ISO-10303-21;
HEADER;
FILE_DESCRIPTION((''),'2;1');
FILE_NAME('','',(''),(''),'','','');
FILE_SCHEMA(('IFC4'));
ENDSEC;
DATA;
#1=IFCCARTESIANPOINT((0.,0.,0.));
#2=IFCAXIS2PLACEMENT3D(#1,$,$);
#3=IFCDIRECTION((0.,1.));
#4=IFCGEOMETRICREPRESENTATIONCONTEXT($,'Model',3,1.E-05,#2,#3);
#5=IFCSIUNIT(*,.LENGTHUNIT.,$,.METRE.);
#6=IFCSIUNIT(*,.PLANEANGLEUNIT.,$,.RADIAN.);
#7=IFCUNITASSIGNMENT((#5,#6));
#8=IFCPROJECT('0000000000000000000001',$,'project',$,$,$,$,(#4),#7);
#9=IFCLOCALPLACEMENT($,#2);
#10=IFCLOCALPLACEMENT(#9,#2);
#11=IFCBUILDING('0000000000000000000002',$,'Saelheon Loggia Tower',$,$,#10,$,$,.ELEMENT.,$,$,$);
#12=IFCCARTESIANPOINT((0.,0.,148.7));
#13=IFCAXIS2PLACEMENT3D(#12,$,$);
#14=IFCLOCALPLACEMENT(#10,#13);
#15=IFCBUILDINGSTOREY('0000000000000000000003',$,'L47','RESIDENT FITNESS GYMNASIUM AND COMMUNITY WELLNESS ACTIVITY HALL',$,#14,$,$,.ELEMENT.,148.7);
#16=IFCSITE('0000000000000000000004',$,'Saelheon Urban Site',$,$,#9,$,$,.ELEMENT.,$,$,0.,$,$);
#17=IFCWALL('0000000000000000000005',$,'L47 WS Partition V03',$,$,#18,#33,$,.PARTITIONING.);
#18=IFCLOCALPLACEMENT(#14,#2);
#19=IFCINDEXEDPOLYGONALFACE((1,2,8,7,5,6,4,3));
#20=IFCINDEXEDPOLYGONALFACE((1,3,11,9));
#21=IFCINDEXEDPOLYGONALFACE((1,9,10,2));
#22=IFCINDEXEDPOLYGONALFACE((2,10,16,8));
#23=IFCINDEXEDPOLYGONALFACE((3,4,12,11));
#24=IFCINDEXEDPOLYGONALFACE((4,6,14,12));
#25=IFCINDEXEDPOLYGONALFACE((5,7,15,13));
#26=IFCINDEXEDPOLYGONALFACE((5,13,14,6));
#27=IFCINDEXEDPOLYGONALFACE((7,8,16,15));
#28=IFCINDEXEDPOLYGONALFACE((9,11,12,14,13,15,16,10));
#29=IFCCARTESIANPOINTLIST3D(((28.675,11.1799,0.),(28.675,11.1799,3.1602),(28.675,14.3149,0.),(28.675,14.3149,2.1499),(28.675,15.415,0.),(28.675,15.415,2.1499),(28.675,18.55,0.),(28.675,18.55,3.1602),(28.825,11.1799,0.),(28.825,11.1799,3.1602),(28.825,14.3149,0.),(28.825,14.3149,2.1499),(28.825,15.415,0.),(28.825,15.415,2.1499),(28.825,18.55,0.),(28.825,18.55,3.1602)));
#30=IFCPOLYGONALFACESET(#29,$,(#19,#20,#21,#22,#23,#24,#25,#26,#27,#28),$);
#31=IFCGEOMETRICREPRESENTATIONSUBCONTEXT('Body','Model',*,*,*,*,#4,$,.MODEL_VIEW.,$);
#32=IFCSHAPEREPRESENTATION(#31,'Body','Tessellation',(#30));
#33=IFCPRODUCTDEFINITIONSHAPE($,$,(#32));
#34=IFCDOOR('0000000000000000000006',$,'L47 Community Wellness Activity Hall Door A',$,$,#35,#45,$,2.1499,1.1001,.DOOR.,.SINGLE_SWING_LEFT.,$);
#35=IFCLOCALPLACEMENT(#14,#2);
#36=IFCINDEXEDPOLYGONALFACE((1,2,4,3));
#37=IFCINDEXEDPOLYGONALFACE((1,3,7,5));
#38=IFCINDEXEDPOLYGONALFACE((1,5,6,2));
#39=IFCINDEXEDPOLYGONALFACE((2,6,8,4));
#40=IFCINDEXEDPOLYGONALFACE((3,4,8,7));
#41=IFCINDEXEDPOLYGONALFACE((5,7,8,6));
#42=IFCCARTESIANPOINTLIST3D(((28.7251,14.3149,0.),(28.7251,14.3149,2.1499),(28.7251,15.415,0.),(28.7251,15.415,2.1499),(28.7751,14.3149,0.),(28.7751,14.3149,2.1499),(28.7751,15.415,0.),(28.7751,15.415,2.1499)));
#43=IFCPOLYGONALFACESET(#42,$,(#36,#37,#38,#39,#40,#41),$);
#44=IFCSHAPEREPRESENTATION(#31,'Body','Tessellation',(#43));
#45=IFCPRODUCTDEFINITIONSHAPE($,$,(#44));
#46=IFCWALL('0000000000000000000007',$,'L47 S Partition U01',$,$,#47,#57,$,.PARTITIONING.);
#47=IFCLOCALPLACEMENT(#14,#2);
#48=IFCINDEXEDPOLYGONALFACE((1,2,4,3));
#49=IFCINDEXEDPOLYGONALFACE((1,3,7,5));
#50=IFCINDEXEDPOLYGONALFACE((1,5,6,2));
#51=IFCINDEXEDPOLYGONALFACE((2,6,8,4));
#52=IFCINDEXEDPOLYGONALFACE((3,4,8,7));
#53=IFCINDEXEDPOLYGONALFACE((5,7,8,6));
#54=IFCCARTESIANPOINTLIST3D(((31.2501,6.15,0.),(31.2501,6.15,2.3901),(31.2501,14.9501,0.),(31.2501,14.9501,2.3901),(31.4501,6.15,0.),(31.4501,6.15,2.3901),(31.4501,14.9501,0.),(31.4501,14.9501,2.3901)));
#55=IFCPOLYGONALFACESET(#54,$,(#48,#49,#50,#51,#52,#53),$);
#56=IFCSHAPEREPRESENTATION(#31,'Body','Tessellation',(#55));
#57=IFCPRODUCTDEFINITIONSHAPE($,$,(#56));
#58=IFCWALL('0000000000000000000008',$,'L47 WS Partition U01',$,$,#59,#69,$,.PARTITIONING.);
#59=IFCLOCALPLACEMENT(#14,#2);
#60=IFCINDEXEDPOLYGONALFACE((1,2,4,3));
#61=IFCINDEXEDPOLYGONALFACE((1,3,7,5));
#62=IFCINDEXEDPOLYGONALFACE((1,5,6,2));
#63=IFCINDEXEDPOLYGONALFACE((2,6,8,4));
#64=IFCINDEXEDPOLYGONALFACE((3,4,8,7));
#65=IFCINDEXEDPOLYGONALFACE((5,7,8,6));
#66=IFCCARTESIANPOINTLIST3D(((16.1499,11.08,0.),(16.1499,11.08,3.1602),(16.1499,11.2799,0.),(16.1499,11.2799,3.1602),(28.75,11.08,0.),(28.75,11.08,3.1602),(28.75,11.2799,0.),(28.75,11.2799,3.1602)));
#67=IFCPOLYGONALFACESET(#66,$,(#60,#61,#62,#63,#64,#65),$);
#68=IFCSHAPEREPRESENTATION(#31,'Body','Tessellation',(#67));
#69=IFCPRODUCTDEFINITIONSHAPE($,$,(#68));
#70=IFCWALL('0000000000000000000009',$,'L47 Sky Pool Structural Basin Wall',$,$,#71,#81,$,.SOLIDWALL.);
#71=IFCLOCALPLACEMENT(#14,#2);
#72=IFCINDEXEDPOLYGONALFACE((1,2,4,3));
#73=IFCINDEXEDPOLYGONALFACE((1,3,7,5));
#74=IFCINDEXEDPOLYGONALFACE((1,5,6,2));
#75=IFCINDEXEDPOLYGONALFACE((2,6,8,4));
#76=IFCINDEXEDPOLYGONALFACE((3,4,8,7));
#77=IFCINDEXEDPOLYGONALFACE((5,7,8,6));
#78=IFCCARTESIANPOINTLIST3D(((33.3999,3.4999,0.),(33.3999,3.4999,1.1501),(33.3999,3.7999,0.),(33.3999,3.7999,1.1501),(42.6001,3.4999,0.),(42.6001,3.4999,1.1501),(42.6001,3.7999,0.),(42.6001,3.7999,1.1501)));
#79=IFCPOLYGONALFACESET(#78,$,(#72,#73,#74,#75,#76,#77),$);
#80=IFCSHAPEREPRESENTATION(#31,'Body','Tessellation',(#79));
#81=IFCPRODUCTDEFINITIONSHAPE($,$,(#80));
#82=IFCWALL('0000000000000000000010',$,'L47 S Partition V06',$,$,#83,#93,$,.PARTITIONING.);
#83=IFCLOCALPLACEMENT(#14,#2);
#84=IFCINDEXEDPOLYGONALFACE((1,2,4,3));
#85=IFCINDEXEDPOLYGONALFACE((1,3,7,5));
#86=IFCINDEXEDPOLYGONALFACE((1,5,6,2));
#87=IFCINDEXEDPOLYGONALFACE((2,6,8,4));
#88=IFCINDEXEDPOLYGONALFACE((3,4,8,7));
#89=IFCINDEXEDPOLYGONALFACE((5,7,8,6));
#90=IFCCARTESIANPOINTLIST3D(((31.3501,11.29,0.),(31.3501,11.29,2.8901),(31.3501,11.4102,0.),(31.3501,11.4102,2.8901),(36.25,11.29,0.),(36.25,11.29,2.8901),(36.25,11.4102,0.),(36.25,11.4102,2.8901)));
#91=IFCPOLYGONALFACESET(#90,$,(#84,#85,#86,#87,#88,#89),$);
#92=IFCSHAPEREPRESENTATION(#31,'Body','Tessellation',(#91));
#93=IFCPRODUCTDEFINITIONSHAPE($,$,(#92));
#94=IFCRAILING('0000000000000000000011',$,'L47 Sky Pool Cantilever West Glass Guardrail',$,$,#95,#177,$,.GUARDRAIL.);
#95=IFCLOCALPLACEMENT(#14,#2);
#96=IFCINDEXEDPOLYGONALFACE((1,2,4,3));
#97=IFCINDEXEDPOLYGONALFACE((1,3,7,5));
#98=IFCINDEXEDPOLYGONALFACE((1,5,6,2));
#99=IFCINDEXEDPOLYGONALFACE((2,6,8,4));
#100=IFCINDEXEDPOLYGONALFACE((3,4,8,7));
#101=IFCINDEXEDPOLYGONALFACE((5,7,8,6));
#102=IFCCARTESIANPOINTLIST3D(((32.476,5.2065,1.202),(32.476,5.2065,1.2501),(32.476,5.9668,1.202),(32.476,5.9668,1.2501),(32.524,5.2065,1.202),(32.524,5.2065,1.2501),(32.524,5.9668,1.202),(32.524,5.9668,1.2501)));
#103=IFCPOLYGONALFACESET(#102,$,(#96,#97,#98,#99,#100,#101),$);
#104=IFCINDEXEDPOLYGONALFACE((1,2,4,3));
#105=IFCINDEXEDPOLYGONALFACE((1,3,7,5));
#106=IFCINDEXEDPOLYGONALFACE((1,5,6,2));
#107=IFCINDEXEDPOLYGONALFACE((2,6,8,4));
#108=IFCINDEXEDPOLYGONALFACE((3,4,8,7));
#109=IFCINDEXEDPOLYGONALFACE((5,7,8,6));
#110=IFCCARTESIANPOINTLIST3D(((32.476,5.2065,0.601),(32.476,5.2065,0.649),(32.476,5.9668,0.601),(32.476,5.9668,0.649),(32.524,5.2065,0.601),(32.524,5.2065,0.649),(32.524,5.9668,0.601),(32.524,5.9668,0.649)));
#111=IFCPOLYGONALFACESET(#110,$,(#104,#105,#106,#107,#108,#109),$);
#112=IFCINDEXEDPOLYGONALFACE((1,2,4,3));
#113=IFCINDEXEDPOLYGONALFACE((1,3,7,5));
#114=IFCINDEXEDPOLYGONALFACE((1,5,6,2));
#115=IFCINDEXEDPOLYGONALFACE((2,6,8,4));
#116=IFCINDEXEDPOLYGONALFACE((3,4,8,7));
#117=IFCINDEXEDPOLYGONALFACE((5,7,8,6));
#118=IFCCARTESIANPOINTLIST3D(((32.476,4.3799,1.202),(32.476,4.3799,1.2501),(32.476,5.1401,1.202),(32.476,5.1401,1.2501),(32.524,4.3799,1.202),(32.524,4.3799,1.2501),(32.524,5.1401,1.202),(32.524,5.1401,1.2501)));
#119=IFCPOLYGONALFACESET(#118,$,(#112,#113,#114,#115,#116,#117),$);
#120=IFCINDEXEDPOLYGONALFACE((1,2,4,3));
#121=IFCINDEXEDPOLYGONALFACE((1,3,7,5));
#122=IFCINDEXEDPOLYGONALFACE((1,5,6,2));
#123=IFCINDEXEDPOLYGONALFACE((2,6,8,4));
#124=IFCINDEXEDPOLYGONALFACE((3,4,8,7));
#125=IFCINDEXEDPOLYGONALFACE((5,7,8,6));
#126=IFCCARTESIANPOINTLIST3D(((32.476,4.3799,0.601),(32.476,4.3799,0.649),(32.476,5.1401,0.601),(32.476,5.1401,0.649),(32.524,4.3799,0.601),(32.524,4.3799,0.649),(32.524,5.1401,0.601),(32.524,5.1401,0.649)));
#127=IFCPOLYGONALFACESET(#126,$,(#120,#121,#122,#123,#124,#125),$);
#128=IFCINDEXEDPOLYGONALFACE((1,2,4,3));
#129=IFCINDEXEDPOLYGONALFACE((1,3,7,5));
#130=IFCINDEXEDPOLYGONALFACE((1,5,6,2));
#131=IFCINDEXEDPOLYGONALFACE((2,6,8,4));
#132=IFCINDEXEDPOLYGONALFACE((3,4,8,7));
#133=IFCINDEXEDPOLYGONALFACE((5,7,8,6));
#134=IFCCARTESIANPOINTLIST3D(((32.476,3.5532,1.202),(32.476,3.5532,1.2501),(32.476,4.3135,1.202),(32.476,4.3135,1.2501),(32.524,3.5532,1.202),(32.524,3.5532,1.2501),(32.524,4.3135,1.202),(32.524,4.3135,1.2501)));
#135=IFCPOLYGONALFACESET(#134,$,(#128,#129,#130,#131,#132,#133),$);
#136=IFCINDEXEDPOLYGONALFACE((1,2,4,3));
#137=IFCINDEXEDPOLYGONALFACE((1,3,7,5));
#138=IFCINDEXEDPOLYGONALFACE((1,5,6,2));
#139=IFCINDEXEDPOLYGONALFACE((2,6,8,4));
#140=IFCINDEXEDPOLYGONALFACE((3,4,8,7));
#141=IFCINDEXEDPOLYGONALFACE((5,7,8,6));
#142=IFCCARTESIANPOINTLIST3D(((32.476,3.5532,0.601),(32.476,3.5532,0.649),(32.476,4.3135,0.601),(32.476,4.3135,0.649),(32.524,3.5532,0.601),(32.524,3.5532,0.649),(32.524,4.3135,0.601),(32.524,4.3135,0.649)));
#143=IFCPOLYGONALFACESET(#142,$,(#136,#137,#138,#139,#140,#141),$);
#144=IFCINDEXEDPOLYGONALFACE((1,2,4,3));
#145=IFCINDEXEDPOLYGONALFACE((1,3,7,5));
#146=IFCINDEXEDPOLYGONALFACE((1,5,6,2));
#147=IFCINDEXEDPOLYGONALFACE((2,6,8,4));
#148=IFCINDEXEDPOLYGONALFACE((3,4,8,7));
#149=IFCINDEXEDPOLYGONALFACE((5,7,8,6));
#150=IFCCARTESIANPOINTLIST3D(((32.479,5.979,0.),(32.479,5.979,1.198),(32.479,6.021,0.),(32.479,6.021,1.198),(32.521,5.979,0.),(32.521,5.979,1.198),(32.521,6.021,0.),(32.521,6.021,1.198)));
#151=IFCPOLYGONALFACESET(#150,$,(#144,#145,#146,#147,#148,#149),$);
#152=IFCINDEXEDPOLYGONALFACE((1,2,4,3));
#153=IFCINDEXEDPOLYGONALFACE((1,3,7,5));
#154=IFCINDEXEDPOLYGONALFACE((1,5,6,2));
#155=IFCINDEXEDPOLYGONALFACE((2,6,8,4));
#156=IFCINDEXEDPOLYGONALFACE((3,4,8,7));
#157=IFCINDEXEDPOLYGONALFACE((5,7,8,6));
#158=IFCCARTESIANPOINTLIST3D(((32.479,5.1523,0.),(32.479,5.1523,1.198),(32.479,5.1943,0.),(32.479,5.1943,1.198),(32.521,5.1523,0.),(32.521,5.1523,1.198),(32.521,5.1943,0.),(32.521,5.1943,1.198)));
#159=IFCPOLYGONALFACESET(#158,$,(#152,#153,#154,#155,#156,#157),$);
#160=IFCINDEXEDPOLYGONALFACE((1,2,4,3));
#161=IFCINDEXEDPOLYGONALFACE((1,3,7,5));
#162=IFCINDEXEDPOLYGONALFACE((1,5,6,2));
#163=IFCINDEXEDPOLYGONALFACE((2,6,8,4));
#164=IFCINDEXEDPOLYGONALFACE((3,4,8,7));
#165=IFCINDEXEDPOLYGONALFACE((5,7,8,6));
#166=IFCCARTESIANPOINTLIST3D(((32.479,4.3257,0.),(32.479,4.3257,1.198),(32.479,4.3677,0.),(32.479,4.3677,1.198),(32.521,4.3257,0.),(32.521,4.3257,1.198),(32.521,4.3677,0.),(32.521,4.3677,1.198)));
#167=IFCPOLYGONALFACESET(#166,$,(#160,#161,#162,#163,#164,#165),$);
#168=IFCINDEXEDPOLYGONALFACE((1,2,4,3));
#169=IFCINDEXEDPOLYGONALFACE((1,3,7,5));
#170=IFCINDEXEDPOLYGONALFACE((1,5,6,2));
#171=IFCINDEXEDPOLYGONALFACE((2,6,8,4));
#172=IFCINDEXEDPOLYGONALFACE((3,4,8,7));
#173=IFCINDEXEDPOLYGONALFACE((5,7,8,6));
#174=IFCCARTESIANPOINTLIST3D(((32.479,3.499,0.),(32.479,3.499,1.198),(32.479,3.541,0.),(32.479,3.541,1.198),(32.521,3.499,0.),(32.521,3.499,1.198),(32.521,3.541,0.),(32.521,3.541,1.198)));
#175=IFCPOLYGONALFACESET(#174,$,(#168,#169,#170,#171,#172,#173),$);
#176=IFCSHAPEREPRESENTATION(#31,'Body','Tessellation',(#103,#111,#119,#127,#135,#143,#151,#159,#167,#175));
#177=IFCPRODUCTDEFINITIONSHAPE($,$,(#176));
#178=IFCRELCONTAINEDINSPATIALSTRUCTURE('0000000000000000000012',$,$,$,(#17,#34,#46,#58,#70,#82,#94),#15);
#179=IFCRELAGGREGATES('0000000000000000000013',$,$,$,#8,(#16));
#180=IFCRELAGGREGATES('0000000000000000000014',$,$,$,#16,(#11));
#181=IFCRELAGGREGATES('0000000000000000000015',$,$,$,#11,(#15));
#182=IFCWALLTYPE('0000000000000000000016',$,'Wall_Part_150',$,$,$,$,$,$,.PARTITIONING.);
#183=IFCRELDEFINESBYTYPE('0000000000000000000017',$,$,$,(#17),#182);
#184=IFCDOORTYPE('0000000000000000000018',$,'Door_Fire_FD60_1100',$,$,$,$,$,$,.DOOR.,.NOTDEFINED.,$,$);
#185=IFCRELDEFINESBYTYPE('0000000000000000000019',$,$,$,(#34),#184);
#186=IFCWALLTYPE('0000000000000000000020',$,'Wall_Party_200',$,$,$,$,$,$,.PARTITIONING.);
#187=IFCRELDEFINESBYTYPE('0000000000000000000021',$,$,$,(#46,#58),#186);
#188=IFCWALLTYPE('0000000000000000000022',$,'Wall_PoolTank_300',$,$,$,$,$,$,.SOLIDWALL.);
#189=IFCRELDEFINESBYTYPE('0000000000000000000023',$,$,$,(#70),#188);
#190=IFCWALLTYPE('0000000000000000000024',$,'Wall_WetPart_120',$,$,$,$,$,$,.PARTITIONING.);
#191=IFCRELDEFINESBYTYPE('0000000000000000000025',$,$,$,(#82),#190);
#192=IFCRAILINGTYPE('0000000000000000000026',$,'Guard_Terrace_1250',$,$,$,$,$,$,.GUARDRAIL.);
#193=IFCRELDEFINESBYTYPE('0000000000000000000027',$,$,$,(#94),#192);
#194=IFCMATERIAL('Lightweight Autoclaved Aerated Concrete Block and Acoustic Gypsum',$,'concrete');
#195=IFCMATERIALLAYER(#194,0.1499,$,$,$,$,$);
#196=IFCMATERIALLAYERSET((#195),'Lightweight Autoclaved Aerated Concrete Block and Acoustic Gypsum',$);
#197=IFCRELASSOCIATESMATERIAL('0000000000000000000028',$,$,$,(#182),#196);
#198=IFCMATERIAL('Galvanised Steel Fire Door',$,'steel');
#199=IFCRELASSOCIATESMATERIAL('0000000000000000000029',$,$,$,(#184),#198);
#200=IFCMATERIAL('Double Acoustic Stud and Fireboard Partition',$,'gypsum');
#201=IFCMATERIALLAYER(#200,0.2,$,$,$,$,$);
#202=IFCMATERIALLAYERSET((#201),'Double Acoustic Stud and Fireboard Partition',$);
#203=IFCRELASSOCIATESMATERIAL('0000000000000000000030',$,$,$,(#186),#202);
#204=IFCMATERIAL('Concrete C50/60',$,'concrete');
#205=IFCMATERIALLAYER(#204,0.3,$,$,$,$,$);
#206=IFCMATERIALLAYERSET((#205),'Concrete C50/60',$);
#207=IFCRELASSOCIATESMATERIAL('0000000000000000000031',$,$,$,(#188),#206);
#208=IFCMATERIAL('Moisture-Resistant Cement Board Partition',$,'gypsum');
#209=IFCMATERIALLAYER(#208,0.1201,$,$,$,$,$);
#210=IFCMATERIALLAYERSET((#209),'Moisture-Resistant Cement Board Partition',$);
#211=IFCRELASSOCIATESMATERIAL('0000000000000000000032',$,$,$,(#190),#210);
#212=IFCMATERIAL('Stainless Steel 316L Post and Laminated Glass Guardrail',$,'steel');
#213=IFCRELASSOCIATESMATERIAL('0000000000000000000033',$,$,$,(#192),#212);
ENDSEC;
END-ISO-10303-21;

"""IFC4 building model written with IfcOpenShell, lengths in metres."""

from ifc_helpers import new_model, si_unit, direction, frame, frame_2d, origin, origin_2d, place, context, subcontext, project, spatial, rectangle, extrude, source, transform, mapped, material, layer, layer_set, type_object, element, fill, save


model = new_model("IFC4")

# Units and contexts
model_context = context("Model", 3, precision=1e-05, world=origin(), true_north=direction((0.0, 1.0)))
body_context = subcontext(model_context, "Body", "Model", "MODEL_VIEW")
ifc_project = project(units=[si_unit("LENGTHUNIT", "METRE"), si_unit("PLANEANGLEUNIT", "RADIAN")], contexts=[model_context])

# Site, building, storey
site_placement = place(None, origin())
site = spatial("IfcSite", under=ifc_project, at=site_placement, Name="Saelheon Urban Site", CompositionType="ELEMENT", RefElevation=0.0)
building_placement = place(site_placement, origin())
building = spatial("IfcBuilding", under=site, at=building_placement, Name="Saelheon Loggia Tower", CompositionType="ELEMENT")
storey_placement = place(building_placement, frame((0.0, 0.0, 148.7)))
storey = spatial("IfcBuildingStorey", under=building, at=storey_placement, Name="L47", Description="RESIDENT FITNESS GYMNASIUM AND COMMUNITY WELLNESS ACTIVITY HALL", CompositionType="ELEMENT", Elevation=148.7)

# Shared definitions
ifc_material_1 = material(Name="Concrete C50/60", Category="concrete")

# Wall, opening, door
ifc_material_2 = material(Name="Lightweight Autoclaved Aerated Concrete Block and Acoustic Gypsum", Category="concrete")
ifc_layer_1 = layer(ifc_material_2, 0.1499)
ifc_layer_set_1 = layer_set([ifc_layer_1], Name="Lightweight Autoclaved Aerated Concrete Block and Acoustic Gypsum")
wall_type_1 = type_object("IfcWallType", Name="Wall_Part_150", PredefinedType="PARTITIONING", material=ifc_layer_set_1)
wall_1_placement = place(storey_placement, frame((28.75, 11.1799, 0.0), z_axis=(0.0, 0.0, 1.0), x_axis=(0.0, 1.0, 0.0)))
wall_1 = element("IfcWall", 1, at=wall_1_placement, inside=storey, type_object=wall_type_1, Name="L47 WS Partition V03", PredefinedType="PARTITIONING", context=body_context, shape_type="SweptSolid", body=[
    extrude(rectangle(XDim=7.3701, YDim=0.1499, at=frame_2d((3.6851, 0.0))), origin(), (0.0, 0.0, 1.0), 3.1602),
])
opening_1_placement = place(wall_1_placement, frame((3.135, 0.0, 0.0)))
opening_1 = element("IfcOpeningElement", 2, at=opening_1_placement, cuts=wall_1, PredefinedType="OPENING", context=body_context, shape_type="SweptSolid", body=[
    extrude(rectangle(XDim=1.1001, YDim=2.1499, at=frame_2d((0.55, 1.075))), frame((0.0, 0.0869, 0.0), z_axis=(0.0, -1.0, 0.0), x_axis=(1.0, 0.0, 0.0)), (0.0, 0.0, 1.0), 0.1738),
])
ifc_material_3 = material(Name="Galvanised Steel Fire Door", Category="steel")
door_type_1 = type_object("IfcDoorType", Name="Door_Fire_FD60_1100", OperationType="NOTDEFINED", PredefinedType="DOOR", material=ifc_material_3)
shared_shape_1 = source(origin(), body_context, "Body", "SweptSolid", [
    extrude(rectangle(XDim=1.1001, YDim=2.1499, at=frame_2d((0.55, 1.075))), frame((0.0, 0.0249, 0.0), z_axis=(0.0, -1.0, 0.0), x_axis=(1.0, 0.0, 0.0)), (0.0, 0.0, 1.0), 0.05),
])
door_1_placement = place(opening_1_placement, origin())
door_1 = element("IfcDoor", 3, at=door_1_placement, inside=storey, type_object=door_type_1, Name="L47 Community Wellness Activity Hall Door A", OperationType="SINGLE_SWING_LEFT", OverallHeight=2.1499, OverallWidth=1.1001, PredefinedType="DOOR", context=body_context, shape_type="MappedRepresentation", body=[
    mapped(shared_shape_1, transform((0.0, 0.0, 0.0), scale=1.0)),
])
fill(opening_1, door_1)

# Walls
ifc_material_4 = material(Name="Double Acoustic Stud and Fireboard Partition", Category="gypsum")
ifc_layer_2 = layer(ifc_material_4, 0.2)
ifc_layer_set_2 = layer_set([ifc_layer_2], Name="Double Acoustic Stud and Fireboard Partition")
wall_type_2 = type_object("IfcWallType", Name="Wall_Party_200", PredefinedType="PARTITIONING", material=ifc_layer_set_2)
wall_2_placement = place(storey_placement, frame((31.3501, 14.95, 0.0), z_axis=(0.0, 0.0, 1.0), x_axis=(0.0, -1.0, 0.0)))
element("IfcWall", 4, at=wall_2_placement, inside=storey, type_object=wall_type_2, Name="L47 S Partition U01", PredefinedType="PARTITIONING", context=body_context, shape_type="SweptSolid", body=[
    extrude(rectangle(XDim=8.8, YDim=0.2, at=frame_2d((4.3999, 0.0))), origin(), (0.0, 0.0, 1.0), 2.3901),
])
wall_3_placement = place(storey_placement, frame((28.75, 11.1799, 0.0), z_axis=(0.0, 0.0, 1.0), x_axis=(-1.0, 0.0, 0.0)))
element("IfcWall", 5, at=wall_3_placement, inside=storey, type_object=wall_type_2, Name="L47 WS Partition U01", PredefinedType="PARTITIONING", context=body_context, shape_type="SweptSolid", body=[
    extrude(rectangle(XDim=12.6001, YDim=0.2, at=frame_2d((6.3, 0.0))), origin(), (0.0, 0.0, 1.0), 3.1602),
])
ifc_layer_3 = layer(ifc_material_1, 0.3)
ifc_layer_set_3 = layer_set([ifc_layer_3], Name="Concrete C50/60")
wall_type_3 = type_object("IfcWallType", Name="Wall_PoolTank_300", PredefinedType="SOLIDWALL", material=ifc_layer_set_3)
wall_4_placement = place(storey_placement, frame((33.3999, 3.6499, 0.0), z_axis=(0.0, 0.0, 1.0), x_axis=(1.0, 0.0, 0.0)))
element("IfcWall", 6, at=wall_4_placement, inside=storey, type_object=wall_type_3, Name="L47 Sky Pool Structural Basin Wall", PredefinedType="SOLIDWALL", context=body_context, shape_type="SweptSolid", body=[
    extrude(rectangle(XDim=9.2002, YDim=0.3, at=frame_2d((4.6001, 0.0))), origin(), (0.0, 0.0, 1.0), 1.1501),
])
ifc_material_5 = material(Name="Moisture-Resistant Cement Board Partition", Category="gypsum")
ifc_layer_4 = layer(ifc_material_5, 0.1201)
ifc_layer_set_4 = layer_set([ifc_layer_4], Name="Moisture-Resistant Cement Board Partition")
wall_type_4 = type_object("IfcWallType", Name="Wall_WetPart_120", PredefinedType="PARTITIONING", material=ifc_layer_set_4)
wall_5_placement = place(storey_placement, frame((31.3501, 11.3501, 0.0), z_axis=(0.0, 0.0, 1.0), x_axis=(1.0, 0.0, 0.0)))
element("IfcWall", 7, at=wall_5_placement, inside=storey, type_object=wall_type_4, Name="L47 S Partition V06", PredefinedType="PARTITIONING", context=body_context, shape_type="SweptSolid", body=[
    extrude(rectangle(XDim=4.8999, YDim=0.1201, at=frame_2d((2.45, 0.0))), origin(), (0.0, 0.0, 1.0), 2.8901),
])

# Railing
ifc_material_6 = material(Name="Stainless Steel 316L Post and Laminated Glass Guardrail", Category="steel")
railing_type = type_object("IfcRailingType", Name="Guard_Terrace_1250", PredefinedType="GUARDRAIL", material=ifc_material_6)
railing_1_placement = place(storey_placement, frame((32.5, 6.0, 0.0)))
element("IfcRailing", 8, at=railing_1_placement, inside=storey, type_object=railing_type, Name="L47 Sky Pool Cantilever West Glass Guardrail", PredefinedType="GUARDRAIL", context=body_context, shape_type="SweptSolid", body=[
    extrude(rectangle(XDim=0.0481, YDim=0.0481, at=origin_2d()), frame((0.0, -0.0332, 1.2261), z_axis=(0.0, -1.0, 0.0), x_axis=(1.0, 0.0, 0.0)), (0.0, 0.0, 1.0), 0.7603),
    extrude(rectangle(XDim=0.0481, YDim=0.0481, at=origin_2d()), frame((0.0, -0.0332, 0.625), z_axis=(0.0, -1.0, 0.0), x_axis=(1.0, 0.0, 0.0)), (0.0, 0.0, 1.0), 0.7603),
    extrude(rectangle(XDim=0.0481, YDim=0.0481, at=origin_2d()), frame((0.0, -0.8599, 1.2261), z_axis=(0.0, -1.0, 0.0), x_axis=(1.0, 0.0, 0.0)), (0.0, 0.0, 1.0), 0.7603),
    extrude(rectangle(XDim=0.0481, YDim=0.0481, at=origin_2d()), frame((0.0, -0.8599, 0.625), z_axis=(0.0, -1.0, 0.0), x_axis=(1.0, 0.0, 0.0)), (0.0, 0.0, 1.0), 0.7603),
    extrude(rectangle(XDim=0.0481, YDim=0.0481, at=origin_2d()), frame((0.0, -1.6865, 1.2261), z_axis=(0.0, -1.0, 0.0), x_axis=(1.0, 0.0, 0.0)), (0.0, 0.0, 1.0), 0.7603),
    extrude(rectangle(XDim=0.0481, YDim=0.0481, at=origin_2d()), frame((0.0, -1.6865, 0.625), z_axis=(0.0, -1.0, 0.0), x_axis=(1.0, 0.0, 0.0)), (0.0, 0.0, 1.0), 0.7603),
    extrude(rectangle(XDim=0.042, YDim=0.042, at=origin_2d()), origin(), (0.0, 0.0, 1.0), 1.198),
    extrude(rectangle(XDim=0.042, YDim=0.042, at=origin_2d()), frame((0.0, -0.8267, 0.0)), (0.0, 0.0, 1.0), 1.198),
    extrude(rectangle(XDim=0.042, YDim=0.042, at=origin_2d()), frame((0.0, -1.6533, 0.0)), (0.0, 0.0, 1.0), 1.198),
    extrude(rectangle(XDim=0.042, YDim=0.042, at=origin_2d()), frame((0.0, -2.48, 0.0)), (0.0, 0.0, 1.0), 1.198),
])

save(model, "model.ifc")
